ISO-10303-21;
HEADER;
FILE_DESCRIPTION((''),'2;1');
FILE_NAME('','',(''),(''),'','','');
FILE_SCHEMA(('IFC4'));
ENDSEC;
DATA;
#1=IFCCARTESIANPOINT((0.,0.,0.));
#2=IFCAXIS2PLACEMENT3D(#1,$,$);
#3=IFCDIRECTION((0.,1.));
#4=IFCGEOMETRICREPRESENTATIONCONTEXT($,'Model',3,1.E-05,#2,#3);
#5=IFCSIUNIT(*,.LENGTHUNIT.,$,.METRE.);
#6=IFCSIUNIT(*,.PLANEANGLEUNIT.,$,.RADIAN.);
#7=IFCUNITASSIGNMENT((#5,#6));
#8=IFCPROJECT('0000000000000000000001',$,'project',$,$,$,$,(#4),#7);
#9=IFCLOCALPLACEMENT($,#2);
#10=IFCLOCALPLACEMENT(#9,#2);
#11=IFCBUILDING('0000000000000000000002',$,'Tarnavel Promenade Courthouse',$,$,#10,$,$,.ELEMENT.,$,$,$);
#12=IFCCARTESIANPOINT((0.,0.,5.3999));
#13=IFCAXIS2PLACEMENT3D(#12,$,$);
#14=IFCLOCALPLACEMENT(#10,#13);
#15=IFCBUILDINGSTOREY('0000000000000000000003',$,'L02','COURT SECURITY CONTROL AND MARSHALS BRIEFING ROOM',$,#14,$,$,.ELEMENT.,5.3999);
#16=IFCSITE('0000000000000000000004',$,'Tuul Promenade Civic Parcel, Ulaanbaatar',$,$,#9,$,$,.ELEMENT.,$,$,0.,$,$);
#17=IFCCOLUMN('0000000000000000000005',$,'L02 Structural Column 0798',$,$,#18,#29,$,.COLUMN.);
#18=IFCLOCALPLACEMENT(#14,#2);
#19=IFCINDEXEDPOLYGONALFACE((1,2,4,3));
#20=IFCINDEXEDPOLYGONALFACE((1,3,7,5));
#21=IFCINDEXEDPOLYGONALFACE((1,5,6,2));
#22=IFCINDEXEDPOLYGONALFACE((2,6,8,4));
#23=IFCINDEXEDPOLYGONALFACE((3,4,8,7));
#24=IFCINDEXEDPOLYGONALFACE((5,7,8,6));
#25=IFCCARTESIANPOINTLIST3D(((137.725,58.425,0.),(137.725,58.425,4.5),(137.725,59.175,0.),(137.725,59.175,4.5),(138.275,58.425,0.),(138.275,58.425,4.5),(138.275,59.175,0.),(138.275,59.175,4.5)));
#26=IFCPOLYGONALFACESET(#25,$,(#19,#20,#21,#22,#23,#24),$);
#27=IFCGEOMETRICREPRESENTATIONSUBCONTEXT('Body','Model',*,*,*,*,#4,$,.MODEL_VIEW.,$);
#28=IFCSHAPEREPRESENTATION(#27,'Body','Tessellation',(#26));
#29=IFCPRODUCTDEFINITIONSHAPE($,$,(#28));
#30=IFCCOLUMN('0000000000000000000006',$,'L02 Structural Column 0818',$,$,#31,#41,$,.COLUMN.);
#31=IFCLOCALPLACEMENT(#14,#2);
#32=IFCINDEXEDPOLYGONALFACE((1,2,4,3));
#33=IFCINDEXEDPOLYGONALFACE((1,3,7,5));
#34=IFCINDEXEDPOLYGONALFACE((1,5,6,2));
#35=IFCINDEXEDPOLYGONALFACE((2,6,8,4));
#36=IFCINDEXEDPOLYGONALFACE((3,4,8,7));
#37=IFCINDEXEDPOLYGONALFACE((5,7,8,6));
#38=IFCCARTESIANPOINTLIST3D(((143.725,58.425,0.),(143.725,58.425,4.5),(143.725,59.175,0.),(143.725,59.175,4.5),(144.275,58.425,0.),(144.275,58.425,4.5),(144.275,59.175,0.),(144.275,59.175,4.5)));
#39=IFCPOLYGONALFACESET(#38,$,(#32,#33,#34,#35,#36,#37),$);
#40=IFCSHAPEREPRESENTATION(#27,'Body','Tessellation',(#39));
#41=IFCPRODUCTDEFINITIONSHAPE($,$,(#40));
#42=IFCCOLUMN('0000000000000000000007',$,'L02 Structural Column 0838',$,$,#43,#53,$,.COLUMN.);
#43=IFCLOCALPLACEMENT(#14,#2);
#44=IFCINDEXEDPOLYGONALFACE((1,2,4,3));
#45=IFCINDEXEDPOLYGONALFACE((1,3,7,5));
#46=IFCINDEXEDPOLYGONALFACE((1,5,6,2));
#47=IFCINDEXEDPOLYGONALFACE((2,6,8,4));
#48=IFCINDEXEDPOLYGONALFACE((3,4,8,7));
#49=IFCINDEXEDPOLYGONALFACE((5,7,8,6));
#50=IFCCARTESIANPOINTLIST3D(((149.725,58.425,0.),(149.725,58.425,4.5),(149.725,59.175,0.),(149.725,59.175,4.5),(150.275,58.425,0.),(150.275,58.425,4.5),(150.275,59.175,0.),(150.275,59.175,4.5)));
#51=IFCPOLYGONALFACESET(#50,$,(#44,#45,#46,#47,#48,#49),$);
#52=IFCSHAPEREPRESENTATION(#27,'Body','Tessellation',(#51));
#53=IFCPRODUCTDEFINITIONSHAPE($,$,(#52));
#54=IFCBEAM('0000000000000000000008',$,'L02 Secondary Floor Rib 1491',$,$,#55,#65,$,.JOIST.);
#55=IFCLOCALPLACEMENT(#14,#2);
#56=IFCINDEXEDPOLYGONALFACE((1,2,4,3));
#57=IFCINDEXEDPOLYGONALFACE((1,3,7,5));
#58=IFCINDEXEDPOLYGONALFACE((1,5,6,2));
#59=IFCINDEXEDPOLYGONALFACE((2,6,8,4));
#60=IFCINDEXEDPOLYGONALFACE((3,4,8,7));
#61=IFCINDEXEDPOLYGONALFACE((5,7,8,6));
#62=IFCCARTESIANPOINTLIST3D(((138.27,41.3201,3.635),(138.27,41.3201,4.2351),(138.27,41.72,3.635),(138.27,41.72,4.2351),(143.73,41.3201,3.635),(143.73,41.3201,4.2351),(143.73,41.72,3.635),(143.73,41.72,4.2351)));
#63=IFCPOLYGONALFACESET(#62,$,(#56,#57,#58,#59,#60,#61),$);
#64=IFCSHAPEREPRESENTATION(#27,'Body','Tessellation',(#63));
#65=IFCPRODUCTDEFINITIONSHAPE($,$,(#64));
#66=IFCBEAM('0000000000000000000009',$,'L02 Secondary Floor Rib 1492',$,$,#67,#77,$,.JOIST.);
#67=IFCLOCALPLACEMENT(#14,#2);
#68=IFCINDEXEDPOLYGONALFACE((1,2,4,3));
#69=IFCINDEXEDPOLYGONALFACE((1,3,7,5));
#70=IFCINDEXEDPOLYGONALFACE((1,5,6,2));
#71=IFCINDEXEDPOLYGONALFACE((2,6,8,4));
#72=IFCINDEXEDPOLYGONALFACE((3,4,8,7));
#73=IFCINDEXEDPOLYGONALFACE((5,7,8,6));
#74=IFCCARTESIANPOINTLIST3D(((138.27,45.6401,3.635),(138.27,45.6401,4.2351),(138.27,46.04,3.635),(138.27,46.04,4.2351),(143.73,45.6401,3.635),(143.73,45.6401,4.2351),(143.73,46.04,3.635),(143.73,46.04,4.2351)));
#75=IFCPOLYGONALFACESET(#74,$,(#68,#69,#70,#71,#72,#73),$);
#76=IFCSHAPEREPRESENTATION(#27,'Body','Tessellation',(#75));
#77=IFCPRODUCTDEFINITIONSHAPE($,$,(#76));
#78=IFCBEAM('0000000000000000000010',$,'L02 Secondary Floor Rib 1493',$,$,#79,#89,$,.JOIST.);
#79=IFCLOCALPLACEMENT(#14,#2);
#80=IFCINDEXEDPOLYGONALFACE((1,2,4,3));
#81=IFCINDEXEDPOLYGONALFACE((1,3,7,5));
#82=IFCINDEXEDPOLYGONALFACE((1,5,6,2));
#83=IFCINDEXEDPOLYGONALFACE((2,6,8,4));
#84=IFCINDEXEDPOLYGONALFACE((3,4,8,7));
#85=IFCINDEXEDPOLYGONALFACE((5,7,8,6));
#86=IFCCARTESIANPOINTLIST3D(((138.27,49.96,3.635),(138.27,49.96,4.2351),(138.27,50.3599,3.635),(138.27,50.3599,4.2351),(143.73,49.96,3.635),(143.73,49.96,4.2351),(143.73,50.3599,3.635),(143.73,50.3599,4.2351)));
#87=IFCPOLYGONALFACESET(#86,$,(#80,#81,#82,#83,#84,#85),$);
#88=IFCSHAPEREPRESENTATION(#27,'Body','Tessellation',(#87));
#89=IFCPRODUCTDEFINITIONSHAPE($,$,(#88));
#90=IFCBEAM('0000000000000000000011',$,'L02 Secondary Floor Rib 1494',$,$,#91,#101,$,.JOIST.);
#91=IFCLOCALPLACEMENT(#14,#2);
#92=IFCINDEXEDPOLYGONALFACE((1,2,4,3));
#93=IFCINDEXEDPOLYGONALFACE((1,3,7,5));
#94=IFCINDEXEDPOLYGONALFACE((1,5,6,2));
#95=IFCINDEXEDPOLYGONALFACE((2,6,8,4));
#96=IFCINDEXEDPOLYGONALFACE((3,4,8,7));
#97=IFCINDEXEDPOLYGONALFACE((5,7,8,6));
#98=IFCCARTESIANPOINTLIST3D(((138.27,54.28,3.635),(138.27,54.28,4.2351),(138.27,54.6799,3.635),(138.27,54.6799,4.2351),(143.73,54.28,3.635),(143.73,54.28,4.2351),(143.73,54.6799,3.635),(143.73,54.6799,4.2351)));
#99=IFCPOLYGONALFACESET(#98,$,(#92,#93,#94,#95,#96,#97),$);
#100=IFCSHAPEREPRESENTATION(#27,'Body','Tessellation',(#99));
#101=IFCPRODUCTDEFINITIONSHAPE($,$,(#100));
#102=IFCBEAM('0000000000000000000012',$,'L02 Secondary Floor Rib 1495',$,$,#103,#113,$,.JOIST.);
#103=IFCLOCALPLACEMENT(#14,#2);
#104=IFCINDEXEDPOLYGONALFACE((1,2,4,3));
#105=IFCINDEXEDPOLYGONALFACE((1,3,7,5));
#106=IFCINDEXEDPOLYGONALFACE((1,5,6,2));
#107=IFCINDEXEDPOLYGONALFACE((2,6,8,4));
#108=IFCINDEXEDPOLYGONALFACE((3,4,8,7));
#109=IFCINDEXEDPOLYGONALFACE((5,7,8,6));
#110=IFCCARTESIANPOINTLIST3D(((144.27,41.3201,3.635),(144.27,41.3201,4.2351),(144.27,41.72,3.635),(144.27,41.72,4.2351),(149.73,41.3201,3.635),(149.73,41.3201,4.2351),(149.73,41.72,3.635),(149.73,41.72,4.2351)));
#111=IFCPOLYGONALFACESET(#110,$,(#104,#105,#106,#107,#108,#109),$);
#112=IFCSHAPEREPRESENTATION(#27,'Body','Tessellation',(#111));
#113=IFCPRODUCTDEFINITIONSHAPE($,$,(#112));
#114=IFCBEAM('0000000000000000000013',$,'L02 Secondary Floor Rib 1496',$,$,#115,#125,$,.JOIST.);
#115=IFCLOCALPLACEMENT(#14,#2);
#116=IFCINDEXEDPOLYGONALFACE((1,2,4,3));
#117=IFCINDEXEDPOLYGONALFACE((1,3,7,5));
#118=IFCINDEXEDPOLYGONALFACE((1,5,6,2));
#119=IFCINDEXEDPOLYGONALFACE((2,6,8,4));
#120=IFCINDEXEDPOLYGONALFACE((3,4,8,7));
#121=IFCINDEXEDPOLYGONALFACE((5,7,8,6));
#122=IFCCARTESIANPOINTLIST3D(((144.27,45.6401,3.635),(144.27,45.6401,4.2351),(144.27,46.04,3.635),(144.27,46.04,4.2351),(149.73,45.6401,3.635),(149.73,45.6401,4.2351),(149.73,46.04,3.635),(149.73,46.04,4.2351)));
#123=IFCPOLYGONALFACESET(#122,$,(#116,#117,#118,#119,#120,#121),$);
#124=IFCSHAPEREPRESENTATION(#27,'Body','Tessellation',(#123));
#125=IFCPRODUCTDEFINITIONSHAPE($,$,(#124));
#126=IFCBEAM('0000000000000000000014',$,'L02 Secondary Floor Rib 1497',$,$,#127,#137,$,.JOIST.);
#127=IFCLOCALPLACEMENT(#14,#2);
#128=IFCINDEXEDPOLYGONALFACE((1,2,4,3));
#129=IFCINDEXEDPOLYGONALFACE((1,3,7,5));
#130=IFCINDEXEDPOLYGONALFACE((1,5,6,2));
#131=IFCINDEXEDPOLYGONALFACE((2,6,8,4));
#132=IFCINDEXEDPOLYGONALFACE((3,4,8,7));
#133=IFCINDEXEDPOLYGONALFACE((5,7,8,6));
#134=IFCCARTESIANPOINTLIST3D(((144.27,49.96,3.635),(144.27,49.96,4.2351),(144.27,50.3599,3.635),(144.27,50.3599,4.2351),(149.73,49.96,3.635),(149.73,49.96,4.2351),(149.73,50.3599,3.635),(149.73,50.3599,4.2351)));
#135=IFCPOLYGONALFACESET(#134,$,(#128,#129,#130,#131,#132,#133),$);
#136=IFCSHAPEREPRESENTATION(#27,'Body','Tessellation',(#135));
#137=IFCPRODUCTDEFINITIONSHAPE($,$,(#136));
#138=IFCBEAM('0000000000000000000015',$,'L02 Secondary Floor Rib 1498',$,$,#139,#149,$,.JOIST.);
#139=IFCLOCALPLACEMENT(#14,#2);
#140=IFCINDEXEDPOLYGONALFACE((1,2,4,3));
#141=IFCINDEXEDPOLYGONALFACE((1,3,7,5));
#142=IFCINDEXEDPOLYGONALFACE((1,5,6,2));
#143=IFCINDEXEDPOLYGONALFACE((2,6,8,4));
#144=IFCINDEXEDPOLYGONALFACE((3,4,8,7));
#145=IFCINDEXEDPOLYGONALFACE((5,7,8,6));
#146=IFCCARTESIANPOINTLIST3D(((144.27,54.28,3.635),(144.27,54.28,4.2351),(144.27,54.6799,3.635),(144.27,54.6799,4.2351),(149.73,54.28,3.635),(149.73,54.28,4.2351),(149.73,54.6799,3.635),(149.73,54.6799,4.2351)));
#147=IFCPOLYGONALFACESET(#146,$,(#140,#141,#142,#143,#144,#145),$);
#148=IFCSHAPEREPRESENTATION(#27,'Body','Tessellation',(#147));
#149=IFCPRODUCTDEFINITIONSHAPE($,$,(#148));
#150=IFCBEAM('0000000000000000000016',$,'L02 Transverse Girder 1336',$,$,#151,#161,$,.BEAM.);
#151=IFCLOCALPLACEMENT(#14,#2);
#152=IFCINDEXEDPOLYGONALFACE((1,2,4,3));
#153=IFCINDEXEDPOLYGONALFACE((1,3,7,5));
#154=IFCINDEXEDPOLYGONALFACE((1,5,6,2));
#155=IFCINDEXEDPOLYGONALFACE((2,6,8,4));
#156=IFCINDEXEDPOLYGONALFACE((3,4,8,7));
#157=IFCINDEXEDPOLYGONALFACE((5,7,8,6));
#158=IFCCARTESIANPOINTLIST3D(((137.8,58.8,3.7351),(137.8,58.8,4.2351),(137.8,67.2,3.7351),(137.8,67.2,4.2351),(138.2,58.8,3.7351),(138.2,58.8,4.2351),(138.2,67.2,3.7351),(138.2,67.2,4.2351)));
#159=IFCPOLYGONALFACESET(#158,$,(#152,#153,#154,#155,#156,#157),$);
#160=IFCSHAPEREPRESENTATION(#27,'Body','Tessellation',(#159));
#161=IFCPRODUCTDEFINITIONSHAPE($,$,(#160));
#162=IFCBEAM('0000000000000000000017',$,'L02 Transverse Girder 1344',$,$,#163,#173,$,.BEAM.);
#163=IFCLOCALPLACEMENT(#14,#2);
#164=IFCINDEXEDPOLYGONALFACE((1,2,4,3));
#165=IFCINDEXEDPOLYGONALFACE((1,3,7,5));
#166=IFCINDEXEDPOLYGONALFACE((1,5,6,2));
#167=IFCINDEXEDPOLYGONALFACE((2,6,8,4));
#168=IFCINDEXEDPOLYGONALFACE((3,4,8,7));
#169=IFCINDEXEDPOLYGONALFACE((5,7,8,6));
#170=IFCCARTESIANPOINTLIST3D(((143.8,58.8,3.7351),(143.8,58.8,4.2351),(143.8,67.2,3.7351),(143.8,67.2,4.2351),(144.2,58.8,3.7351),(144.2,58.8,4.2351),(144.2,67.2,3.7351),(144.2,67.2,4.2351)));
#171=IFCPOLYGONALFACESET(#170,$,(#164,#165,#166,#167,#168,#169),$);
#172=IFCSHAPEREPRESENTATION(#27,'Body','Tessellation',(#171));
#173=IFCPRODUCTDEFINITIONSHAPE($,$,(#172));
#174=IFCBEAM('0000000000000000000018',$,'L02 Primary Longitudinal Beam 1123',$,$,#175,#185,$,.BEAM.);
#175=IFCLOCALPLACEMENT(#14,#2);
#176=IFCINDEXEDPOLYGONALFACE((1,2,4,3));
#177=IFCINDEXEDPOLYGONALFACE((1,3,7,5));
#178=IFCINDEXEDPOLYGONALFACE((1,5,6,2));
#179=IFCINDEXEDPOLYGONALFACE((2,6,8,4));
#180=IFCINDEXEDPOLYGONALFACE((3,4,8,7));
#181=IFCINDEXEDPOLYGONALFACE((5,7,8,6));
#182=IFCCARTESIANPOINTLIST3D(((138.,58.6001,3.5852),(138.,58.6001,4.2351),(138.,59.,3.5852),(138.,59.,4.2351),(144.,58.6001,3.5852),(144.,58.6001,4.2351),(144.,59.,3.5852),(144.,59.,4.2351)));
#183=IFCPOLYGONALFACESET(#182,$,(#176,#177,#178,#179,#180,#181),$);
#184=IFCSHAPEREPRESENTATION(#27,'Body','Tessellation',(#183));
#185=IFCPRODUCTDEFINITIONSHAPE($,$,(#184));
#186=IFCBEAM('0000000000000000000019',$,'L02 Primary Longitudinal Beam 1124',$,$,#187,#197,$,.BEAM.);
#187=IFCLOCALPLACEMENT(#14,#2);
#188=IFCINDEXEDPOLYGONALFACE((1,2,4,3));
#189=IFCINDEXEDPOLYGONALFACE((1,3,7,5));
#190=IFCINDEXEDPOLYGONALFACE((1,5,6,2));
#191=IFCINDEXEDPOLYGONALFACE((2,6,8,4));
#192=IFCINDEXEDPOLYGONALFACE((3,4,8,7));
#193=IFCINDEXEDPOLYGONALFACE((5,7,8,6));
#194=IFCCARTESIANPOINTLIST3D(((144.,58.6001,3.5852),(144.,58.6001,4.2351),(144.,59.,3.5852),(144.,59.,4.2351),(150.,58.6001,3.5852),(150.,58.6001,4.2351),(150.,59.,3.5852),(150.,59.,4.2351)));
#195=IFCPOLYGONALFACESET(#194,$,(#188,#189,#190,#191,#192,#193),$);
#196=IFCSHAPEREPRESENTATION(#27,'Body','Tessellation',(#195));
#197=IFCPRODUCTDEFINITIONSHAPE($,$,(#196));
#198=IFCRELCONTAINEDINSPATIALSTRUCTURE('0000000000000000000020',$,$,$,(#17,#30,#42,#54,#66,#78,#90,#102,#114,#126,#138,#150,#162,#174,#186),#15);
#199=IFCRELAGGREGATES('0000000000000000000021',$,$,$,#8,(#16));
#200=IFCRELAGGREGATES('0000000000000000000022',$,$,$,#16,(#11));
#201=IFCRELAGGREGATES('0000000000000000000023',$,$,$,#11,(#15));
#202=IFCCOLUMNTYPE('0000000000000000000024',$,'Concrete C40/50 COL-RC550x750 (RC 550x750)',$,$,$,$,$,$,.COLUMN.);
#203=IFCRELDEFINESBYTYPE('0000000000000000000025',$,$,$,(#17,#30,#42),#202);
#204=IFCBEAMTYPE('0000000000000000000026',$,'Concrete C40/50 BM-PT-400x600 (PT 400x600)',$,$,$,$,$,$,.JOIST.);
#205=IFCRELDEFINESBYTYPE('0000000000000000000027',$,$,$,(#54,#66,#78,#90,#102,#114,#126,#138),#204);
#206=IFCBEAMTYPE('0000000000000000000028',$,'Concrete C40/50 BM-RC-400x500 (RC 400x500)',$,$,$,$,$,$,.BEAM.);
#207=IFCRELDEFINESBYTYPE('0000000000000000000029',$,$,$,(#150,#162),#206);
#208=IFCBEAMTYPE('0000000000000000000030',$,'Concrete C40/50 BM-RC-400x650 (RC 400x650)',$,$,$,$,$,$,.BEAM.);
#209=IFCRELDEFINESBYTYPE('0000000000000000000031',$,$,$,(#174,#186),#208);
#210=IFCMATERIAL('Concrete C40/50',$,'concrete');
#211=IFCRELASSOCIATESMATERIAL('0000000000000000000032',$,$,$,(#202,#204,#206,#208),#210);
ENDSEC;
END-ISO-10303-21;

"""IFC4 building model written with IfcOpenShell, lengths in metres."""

from ifc_helpers import new_model, si_unit, direction, frame, origin, origin_2d, place, context, subcontext, project, spatial, rectangle, extrude, material, material_profile, profile_set, type_object, element, save


model = new_model("IFC4")

# Units and contexts
model_context = context("Model", 3, precision=1e-05, world=origin(), true_north=direction((0.0, 1.0)))
body_context = subcontext(model_context, "Body", "Model", "MODEL_VIEW")
ifc_project = project(units=[si_unit("LENGTHUNIT", "METRE"), si_unit("PLANEANGLEUNIT", "RADIAN")], contexts=[model_context])

# Site, building, storey
site_placement = place(None, origin())
site = spatial("IfcSite", under=ifc_project, at=site_placement, Name="Tuul Promenade Civic Parcel, Ulaanbaatar", CompositionType="ELEMENT", RefElevation=0.0)
building_placement = place(site_placement, origin())
building = spatial("IfcBuilding", under=site, at=building_placement, Name="Tarnavel Promenade Courthouse", CompositionType="ELEMENT")
storey_placement = place(building_placement, frame((0.0, 0.0, 5.3999)))
storey = spatial("IfcBuildingStorey", under=building, at=storey_placement, Name="L02", Description="COURT SECURITY CONTROL AND MARSHALS BRIEFING ROOM", CompositionType="ELEMENT", Elevation=5.3999)

# Columns
ifc_material_1 = material(Name="Concrete C40/50", Category="concrete")
ifc_material_profile_1 = material_profile(ifc_material_1, rectangle(XDim=0.55, YDim=0.75, at=origin_2d()), Name="RC 550x750")
ifc_profile_set_1 = profile_set([ifc_material_profile_1], Name="Concrete C40/50")
column_type = type_object("IfcColumnType", Name="Concrete C40/50 COL-RC550x750 (RC 550x750)", PredefinedType="COLUMN", material=ifc_profile_set_1)
for number, where, z_axis, x_axis, name in (
    (1, (138.0, 58.8, 0.0), (0.0, 0.0, 1.0), (1.0, 0.0, 0.0), "L02 Structural Column 0798"),
    (2, (144.0, 58.8, 0.0), (0.0, 0.0, 1.0), (1.0, 0.0, 0.0), "L02 Structural Column 0818"),
    (3, (150.0, 58.8, 0.0), (0.0, 0.0, 1.0), (1.0, 0.0, 0.0), "L02 Structural Column 0838"),
):
    element("IfcColumn", number, at=place(storey_placement, frame(where, z_axis=z_axis, x_axis=x_axis)), inside=storey, type_object=column_type, Name=name, PredefinedType="COLUMN", context=body_context, shape_type="SweptSolid", body=[
        extrude(rectangle(XDim=0.55, YDim=0.75, at=origin_2d()), origin(), (0.0, 0.0, 1.0), 4.5),
    ])

# Beams
ifc_material_profile_2 = material_profile(ifc_material_1, rectangle(XDim=0.3999, YDim=0.6001, at=origin_2d()), Name="PT 400x600")
ifc_profile_set_2 = profile_set([ifc_material_profile_2], Name="Concrete C40/50")
beam_type_1 = type_object("IfcBeamType", Name="Concrete C40/50 BM-PT-400x600 (PT 400x600)", PredefinedType="JOIST", material=ifc_profile_set_2)
for number, where, z_axis, x_axis, name in (
    (4, (138.27, 41.52, 3.9351), (1.0, 0.0, 0.0), (0.0, 1.0, 0.0), "L02 Secondary Floor Rib 1491"),
    (5, (138.27, 45.8401, 3.9351), (1.0, 0.0, 0.0), (0.0, 1.0, 0.0), "L02 Secondary Floor Rib 1492"),
    (6, (138.27, 50.1599, 3.9351), (1.0, 0.0, 0.0), (0.0, 1.0, 0.0), "L02 Secondary Floor Rib 1493"),
    (7, (138.27, 54.48, 3.9351), (1.0, 0.0, 0.0), (0.0, 1.0, 0.0), "L02 Secondary Floor Rib 1494"),
    (8, (144.27, 41.52, 3.9351), (1.0, 0.0, 0.0), (0.0, 1.0, 0.0), "L02 Secondary Floor Rib 1495"),
    (9, (144.27, 45.8401, 3.9351), (1.0, 0.0, 0.0), (0.0, 1.0, 0.0), "L02 Secondary Floor Rib 1496"),
    (10, (144.27, 50.1599, 3.9351), (1.0, 0.0, 0.0), (0.0, 1.0, 0.0), "L02 Secondary Floor Rib 1497"),
    (11, (144.27, 54.48, 3.9351), (1.0, 0.0, 0.0), (0.0, 1.0, 0.0), "L02 Secondary Floor Rib 1498"),
):
    element("IfcBeam", number, at=place(storey_placement, frame(where, z_axis=z_axis, x_axis=x_axis)), inside=storey, type_object=beam_type_1, Name=name, PredefinedType="JOIST", context=body_context, shape_type="SweptSolid", body=[
        extrude(rectangle(XDim=0.3999, YDim=0.6001, at=origin_2d()), origin(), (0.0, 0.0, 1.0), 5.46),
    ])
ifc_material_profile_3 = material_profile(ifc_material_1, rectangle(XDim=0.3999, YDim=0.5, at=origin_2d()), Name="RC 400x500")
ifc_profile_set_3 = profile_set([ifc_material_profile_3], Name="Concrete C40/50")
beam_type_2 = type_object("IfcBeamType", Name="Concrete C40/50 BM-RC-400x500 (RC 400x500)", PredefinedType="BEAM", material=ifc_profile_set_3)
for number, where, z_axis, x_axis, name in (
    (12, (138.0, 58.8, 3.9851), (0.0, 1.0, 0.0), (-1.0, 0.0, 0.0), "L02 Transverse Girder 1336"),
    (13, (144.0, 58.8, 3.9851), (0.0, 1.0, 0.0), (-1.0, 0.0, 0.0), "L02 Transverse Girder 1344"),
):
    element("IfcBeam", number, at=place(storey_placement, frame(where, z_axis=z_axis, x_axis=x_axis)), inside=storey, type_object=beam_type_2, Name=name, PredefinedType="BEAM", context=body_context, shape_type="SweptSolid", body=[
        extrude(rectangle(XDim=0.3999, YDim=0.5, at=origin_2d()), origin(), (0.0, 0.0, 1.0), 8.3999),
    ])
ifc_material_profile_4 = material_profile(ifc_material_1, rectangle(XDim=0.3999, YDim=0.6499, at=origin_2d()), Name="RC 400x650")
ifc_profile_set_4 = profile_set([ifc_material_profile_4], Name="Concrete C40/50")
beam_type_3 = type_object("IfcBeamType", Name="Concrete C40/50 BM-RC-400x650 (RC 400x650)", PredefinedType="BEAM", material=ifc_profile_set_4)
for number, where, z_axis, x_axis, name in (
    (14, (138.0, 58.8, 3.9102), (1.0, 0.0, 0.0), (0.0, 1.0, 0.0), "L02 Primary Longitudinal Beam 1123"),
    (15, (144.0, 58.8, 3.9102), (1.0, 0.0, 0.0), (0.0, 1.0, 0.0), "L02 Primary Longitudinal Beam 1124"),
):
    element("IfcBeam", number, at=place(storey_placement, frame(where, z_axis=z_axis, x_axis=x_axis)), inside=storey, type_object=beam_type_3, Name=name, PredefinedType="BEAM", context=body_context, shape_type="SweptSolid", body=[
        extrude(rectangle(XDim=0.3999, YDim=0.6499, at=origin_2d()), origin(), (0.0, 0.0, 1.0), 6.0),
    ])

save(model, "model.ifc")
